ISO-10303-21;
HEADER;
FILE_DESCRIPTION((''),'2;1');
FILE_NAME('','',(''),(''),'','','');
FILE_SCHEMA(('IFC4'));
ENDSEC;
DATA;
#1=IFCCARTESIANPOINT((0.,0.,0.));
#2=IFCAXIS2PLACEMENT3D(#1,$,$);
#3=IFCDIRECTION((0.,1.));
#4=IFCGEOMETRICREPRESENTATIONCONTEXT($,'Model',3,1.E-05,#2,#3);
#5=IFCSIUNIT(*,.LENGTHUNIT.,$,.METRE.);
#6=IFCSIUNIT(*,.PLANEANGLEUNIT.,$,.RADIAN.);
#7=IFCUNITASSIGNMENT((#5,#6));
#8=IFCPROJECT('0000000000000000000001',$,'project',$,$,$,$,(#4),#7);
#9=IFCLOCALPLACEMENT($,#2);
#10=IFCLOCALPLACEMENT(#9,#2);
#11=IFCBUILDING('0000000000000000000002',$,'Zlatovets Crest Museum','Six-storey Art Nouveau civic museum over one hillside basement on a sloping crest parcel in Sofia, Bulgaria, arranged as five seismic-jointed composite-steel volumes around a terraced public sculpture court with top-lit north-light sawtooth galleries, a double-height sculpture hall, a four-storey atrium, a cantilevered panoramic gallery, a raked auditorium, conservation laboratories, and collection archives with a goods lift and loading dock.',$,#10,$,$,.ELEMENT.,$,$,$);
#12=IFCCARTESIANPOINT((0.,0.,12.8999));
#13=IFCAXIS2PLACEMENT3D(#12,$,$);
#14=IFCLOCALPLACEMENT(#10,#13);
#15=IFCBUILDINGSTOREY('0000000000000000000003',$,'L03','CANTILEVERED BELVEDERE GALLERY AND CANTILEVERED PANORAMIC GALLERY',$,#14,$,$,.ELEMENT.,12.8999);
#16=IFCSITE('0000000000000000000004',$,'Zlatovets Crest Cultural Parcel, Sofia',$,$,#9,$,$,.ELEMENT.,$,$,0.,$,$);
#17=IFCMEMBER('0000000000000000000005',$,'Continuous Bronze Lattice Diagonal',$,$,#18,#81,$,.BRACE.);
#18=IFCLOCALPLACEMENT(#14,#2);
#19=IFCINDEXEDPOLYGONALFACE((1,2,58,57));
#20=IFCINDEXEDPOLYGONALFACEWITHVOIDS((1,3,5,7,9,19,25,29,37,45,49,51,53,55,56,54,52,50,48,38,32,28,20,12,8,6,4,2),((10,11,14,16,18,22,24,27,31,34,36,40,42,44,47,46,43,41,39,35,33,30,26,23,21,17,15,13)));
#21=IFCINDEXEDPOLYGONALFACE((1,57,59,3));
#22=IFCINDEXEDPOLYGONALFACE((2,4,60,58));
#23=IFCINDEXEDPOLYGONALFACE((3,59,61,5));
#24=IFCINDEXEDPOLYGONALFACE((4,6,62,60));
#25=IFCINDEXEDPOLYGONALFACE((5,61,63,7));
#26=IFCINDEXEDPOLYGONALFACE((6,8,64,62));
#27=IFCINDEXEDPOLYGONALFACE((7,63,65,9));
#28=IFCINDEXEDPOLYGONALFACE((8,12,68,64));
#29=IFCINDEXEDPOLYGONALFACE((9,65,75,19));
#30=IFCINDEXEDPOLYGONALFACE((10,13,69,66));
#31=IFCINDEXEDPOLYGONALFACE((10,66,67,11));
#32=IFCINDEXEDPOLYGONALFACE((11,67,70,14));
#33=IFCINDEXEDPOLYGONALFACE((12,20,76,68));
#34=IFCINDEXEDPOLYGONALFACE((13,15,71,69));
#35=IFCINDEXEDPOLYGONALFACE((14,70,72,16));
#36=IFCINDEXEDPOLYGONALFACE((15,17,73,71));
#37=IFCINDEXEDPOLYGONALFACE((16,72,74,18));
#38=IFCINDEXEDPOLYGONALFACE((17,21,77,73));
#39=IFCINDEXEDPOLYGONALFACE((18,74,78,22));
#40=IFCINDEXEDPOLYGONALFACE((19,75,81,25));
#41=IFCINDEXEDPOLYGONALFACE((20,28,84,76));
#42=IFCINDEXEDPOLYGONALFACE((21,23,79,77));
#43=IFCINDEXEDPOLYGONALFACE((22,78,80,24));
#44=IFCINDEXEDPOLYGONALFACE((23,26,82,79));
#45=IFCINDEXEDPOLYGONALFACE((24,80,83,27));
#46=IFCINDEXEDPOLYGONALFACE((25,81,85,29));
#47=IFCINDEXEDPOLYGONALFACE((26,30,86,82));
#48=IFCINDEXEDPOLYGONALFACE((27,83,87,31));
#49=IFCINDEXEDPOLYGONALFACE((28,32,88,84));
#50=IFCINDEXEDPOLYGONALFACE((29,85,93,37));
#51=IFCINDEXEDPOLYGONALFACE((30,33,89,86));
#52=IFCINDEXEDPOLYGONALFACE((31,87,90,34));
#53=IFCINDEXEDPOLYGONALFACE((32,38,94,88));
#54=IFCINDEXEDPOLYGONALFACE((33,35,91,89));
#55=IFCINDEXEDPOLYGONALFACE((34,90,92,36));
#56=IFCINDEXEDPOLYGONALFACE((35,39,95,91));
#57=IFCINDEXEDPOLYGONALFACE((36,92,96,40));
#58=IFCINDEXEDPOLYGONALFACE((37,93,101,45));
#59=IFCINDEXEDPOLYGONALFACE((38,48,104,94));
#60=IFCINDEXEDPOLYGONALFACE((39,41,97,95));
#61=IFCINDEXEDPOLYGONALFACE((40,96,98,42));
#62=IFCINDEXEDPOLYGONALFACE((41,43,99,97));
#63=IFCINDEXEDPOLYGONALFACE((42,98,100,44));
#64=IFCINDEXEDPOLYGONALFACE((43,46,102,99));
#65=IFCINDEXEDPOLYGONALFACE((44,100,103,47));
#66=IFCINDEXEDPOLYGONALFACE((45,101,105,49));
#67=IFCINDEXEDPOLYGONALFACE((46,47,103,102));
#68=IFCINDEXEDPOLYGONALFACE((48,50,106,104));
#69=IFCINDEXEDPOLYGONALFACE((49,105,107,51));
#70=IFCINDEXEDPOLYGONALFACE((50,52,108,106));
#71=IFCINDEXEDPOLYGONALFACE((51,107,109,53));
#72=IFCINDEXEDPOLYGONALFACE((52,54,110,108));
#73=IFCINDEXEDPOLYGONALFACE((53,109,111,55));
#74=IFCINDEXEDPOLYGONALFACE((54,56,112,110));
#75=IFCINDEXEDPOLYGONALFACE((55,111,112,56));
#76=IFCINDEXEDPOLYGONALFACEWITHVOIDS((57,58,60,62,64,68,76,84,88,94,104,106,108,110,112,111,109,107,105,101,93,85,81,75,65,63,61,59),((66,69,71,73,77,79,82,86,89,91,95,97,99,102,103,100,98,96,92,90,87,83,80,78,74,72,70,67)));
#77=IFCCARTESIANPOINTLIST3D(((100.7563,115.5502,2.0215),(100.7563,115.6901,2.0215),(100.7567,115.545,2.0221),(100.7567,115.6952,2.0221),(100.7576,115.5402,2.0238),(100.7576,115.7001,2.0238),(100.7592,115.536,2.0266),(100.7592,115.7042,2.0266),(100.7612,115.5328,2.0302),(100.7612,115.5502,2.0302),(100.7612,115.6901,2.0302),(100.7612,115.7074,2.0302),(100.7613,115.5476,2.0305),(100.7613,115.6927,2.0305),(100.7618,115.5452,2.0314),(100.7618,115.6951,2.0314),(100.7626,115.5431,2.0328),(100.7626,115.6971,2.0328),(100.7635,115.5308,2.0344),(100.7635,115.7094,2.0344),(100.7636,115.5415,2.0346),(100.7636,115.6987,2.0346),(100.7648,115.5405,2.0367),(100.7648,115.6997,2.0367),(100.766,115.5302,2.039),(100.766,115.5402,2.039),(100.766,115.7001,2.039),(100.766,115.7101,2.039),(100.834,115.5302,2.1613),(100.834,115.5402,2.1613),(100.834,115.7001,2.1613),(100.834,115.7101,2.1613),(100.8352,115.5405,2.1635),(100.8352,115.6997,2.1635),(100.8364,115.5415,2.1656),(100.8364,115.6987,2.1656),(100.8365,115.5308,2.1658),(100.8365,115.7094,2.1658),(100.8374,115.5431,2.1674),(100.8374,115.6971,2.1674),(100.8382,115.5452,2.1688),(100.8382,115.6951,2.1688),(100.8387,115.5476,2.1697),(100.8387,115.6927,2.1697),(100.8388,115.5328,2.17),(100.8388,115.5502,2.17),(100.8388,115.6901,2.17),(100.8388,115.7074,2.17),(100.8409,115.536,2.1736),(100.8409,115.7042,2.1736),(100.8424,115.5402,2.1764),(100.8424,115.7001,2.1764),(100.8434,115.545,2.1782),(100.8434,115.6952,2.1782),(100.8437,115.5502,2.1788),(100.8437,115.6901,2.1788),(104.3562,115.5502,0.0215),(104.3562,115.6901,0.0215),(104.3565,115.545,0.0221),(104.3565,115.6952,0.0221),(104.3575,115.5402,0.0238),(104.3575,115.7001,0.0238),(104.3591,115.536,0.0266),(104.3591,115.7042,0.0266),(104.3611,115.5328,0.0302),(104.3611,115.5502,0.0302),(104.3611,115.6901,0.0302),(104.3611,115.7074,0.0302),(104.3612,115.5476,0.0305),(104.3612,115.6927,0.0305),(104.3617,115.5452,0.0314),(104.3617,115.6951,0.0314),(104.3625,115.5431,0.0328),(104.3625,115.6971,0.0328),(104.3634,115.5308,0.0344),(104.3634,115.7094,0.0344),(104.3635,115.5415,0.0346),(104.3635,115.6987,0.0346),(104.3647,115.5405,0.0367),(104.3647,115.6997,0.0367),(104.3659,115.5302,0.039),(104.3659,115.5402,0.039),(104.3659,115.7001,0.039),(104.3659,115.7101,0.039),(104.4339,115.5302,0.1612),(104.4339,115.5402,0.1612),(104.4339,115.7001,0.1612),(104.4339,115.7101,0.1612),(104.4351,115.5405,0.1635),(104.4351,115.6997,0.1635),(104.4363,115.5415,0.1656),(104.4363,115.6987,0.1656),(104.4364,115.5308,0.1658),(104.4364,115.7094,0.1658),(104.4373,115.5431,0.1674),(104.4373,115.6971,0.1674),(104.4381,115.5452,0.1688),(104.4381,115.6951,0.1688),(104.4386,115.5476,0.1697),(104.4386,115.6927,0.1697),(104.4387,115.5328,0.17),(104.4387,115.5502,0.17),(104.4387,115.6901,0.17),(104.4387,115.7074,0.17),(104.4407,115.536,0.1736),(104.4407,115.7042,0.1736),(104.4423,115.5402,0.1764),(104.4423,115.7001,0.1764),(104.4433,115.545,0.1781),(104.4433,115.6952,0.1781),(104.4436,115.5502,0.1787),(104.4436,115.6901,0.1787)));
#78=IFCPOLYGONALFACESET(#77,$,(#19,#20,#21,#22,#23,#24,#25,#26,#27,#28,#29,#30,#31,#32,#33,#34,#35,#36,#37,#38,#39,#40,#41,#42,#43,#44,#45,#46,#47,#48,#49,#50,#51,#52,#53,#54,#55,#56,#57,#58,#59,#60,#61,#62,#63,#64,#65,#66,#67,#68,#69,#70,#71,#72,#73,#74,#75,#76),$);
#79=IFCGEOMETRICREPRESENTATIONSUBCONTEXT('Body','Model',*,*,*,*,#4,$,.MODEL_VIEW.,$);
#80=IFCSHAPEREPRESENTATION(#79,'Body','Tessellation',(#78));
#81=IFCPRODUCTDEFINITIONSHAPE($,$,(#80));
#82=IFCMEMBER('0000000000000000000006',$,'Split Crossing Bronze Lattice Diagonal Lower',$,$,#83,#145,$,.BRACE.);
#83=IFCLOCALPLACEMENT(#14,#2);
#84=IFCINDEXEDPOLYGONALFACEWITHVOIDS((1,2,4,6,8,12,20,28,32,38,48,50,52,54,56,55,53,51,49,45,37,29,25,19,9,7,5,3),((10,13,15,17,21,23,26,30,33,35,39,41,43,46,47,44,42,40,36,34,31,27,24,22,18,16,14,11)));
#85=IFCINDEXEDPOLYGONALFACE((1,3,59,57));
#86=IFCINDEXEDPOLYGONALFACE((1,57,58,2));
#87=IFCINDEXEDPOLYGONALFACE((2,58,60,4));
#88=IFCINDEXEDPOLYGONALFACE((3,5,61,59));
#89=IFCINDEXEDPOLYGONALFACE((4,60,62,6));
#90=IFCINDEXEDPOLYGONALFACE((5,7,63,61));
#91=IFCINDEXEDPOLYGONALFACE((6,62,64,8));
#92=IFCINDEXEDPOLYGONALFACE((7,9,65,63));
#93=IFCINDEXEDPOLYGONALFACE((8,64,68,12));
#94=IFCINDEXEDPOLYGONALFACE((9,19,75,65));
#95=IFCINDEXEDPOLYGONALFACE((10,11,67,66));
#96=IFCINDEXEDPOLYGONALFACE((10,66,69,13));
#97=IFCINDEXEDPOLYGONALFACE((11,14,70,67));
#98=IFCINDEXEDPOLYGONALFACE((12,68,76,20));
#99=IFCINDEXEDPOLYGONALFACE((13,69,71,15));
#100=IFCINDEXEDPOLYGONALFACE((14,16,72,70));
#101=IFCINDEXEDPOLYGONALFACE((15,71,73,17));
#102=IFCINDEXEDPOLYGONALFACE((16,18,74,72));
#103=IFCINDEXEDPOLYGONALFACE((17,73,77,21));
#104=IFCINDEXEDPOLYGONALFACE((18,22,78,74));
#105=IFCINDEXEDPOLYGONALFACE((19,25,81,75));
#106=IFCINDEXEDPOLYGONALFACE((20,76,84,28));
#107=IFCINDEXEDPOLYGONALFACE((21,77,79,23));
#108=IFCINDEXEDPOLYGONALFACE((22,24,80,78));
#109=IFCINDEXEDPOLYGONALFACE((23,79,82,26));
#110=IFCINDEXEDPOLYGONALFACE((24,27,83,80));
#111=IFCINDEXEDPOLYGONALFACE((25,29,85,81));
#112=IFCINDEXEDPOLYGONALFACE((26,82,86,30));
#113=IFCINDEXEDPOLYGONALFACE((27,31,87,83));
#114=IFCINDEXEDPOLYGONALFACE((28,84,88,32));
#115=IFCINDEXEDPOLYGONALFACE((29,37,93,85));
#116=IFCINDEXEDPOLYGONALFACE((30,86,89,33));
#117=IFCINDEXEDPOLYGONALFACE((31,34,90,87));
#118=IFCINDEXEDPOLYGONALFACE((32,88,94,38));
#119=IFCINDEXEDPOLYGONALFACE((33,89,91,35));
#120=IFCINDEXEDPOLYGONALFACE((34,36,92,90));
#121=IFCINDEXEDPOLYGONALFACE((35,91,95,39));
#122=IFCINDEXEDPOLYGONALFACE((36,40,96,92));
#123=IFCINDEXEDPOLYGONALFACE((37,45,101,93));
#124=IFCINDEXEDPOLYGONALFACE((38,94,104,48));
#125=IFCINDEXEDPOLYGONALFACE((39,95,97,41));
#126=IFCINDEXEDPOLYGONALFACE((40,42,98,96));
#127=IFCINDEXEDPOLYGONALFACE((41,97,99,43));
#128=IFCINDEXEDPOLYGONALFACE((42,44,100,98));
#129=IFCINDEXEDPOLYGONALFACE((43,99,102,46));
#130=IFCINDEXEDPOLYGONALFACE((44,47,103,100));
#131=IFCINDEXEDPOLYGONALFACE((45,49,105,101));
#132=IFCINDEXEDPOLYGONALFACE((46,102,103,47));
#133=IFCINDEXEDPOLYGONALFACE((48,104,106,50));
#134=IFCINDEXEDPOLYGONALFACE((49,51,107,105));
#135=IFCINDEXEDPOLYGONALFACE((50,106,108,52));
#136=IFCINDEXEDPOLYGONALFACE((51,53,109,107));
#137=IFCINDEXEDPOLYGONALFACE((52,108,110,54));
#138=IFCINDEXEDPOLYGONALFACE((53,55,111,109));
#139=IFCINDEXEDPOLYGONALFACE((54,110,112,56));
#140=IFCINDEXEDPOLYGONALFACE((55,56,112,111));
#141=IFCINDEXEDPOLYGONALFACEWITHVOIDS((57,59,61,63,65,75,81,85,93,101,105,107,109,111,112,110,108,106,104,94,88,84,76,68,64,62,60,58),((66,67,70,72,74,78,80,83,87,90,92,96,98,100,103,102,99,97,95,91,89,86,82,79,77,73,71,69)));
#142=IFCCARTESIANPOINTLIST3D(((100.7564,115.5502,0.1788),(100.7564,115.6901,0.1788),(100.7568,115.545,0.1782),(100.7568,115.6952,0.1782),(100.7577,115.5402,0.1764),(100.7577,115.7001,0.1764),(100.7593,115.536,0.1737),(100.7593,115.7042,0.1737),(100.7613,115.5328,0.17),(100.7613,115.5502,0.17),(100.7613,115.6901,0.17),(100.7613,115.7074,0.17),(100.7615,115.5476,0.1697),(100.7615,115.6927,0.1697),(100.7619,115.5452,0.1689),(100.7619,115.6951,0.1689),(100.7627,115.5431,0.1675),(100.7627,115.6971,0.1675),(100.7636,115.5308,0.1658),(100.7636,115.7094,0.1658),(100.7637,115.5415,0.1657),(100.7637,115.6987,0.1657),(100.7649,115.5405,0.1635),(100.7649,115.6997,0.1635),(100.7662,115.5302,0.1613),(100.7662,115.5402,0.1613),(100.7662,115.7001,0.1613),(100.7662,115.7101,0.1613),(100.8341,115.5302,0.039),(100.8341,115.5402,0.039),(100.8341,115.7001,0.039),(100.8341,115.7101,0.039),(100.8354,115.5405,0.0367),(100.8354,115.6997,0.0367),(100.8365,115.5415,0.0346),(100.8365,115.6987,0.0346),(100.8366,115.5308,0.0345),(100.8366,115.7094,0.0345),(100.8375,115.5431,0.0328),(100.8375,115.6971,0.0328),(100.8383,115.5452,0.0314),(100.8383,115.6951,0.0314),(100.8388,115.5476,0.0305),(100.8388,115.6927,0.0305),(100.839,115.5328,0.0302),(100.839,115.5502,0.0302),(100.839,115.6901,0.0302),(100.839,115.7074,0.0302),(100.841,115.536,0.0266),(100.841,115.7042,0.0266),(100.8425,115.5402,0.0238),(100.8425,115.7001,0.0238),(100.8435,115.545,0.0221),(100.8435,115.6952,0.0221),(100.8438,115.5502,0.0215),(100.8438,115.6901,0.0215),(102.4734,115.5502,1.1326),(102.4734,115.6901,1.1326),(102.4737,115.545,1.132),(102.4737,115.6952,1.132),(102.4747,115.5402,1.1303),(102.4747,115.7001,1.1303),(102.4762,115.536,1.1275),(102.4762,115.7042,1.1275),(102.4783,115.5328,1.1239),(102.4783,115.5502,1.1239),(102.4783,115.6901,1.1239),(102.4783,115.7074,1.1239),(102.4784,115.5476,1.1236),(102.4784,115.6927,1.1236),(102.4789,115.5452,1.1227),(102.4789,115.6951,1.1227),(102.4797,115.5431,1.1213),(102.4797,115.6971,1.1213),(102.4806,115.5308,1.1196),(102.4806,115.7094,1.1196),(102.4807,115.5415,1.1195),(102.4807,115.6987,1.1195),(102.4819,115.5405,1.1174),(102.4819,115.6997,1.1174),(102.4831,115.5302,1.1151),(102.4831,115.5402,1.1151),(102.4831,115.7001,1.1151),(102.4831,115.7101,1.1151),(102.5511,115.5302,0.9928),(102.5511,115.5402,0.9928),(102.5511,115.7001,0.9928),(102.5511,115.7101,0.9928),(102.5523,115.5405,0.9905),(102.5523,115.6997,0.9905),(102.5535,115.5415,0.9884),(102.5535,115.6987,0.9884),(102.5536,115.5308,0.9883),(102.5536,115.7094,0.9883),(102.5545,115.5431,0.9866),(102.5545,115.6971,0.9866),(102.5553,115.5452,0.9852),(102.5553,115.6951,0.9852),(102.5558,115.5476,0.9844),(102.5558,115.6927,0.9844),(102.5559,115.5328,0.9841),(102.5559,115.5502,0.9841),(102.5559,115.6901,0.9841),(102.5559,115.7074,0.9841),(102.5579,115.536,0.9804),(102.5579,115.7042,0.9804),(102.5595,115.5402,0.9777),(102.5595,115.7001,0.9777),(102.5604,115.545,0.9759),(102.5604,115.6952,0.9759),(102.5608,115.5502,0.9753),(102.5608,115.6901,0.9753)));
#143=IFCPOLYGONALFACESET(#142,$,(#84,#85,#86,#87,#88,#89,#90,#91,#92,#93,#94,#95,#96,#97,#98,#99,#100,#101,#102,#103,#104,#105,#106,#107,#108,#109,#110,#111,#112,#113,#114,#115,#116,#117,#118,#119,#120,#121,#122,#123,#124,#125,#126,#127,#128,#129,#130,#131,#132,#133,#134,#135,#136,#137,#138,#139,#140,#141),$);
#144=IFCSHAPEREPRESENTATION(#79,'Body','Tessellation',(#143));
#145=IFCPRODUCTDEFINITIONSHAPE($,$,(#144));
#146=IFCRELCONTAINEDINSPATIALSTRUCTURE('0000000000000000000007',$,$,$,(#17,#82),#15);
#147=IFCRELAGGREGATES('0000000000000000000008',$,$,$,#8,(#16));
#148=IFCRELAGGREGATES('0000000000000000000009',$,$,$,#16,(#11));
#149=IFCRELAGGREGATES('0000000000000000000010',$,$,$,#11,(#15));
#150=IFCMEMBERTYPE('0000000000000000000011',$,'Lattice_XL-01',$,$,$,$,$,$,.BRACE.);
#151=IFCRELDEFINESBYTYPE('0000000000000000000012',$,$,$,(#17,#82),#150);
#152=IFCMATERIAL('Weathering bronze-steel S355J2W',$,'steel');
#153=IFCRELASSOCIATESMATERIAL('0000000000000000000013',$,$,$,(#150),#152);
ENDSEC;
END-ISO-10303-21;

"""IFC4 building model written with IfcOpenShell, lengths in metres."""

from ifc_helpers import new_model, si_unit, direction, frame, origin, origin_2d, place, context, subcontext, project, spatial, hollow_rectangle, extrude, material, material_profile, profile_set, type_object, element, save


model = new_model("IFC4")

# Units and contexts
model_context = context("Model", 3, precision=1e-05, world=origin(), true_north=direction((0.0, 1.0)))
body_context = subcontext(model_context, "Body", "Model", "MODEL_VIEW")
ifc_project = project(units=[si_unit("LENGTHUNIT", "METRE"), si_unit("PLANEANGLEUNIT", "RADIAN")], contexts=[model_context])

# Site, building, storey
site_placement = place(None, origin())
site = spatial("IfcSite", under=ifc_project, at=site_placement, Name="Zlatovets Crest Cultural Parcel, Sofia", CompositionType="ELEMENT", RefElevation=0.0)
building_placement = place(site_placement, origin())
building = spatial("IfcBuilding", under=site, at=building_placement, Name="Zlatovets Crest Museum", Description="Six-storey Art Nouveau civic museum over one hillside basement on a sloping crest parcel in Sofia, Bulgaria, arranged as five seismic-jointed composite-steel volumes around a terraced public sculpture court with top-lit north-light sawtooth galleries, a double-height sculpture hall, a four-storey atrium, a cantilevered panoramic gallery, a raked auditorium, conservation laboratories, and collection archives with a goods lift and loading dock.", CompositionType="ELEMENT")
storey_placement = place(building_placement, frame((0.0, 0.0, 12.8999)))
storey = spatial("IfcBuildingStorey", under=building, at=storey_placement, Name="L03", Description="CANTILEVERED BELVEDERE GALLERY AND CANTILEVERED PANORAMIC GALLERY", CompositionType="ELEMENT", Elevation=12.8999)

# Members
ifc_material_1 = material(Name="Weathering bronze-steel S355J2W", Category="steel")
ifc_material_profile_1 = material_profile(ifc_material_1, hollow_rectangle(XDim=0.1799, YDim=0.1799, WallThickness=0.01, InnerFilletRadius=0.01, OuterFilletRadius=0.02, at=origin_2d()), Name="SHS 180x180x10.0")
ifc_profile_set_1 = profile_set([ifc_material_profile_1], Name="Weathering bronze-steel S355J2W")
member_type_1 = type_object("IfcMemberType", Name="Lattice_XL-01", PredefinedType="BRACE", material=ifc_profile_set_1)
member_1_placement = place(storey_placement, frame((104.3999, 115.6201, 0.1001), z_axis=(-0.874149, 0.0, 0.485658), x_axis=(0.0, -1.0, 0.0)))
element("IfcMember", 1, at=member_1_placement, inside=storey, type_object=member_type_1, Name="Continuous Bronze Lattice Diagonal", PredefinedType="BRACE", context=body_context, shape_type="SweptSolid", body=[
    extrude(hollow_rectangle(XDim=0.1799, YDim=0.1799, WallThickness=0.01, InnerFilletRadius=0.01, OuterFilletRadius=0.02, at=origin_2d()), origin(), (0.0, 0.0, 1.0), 4.1182),
])
for number, where, z_axis, x_axis, name in (
    (2, (102.5171, 115.6201, 1.054), (-0.874169, 0.0, -0.485622), (0.0, -1.0, 0.0), "Split Crossing Bronze Lattice Diagonal Lower"),
):
    element("IfcMember", number, at=place(storey_placement, frame(where, z_axis=z_axis, x_axis=x_axis)), inside=storey, type_object=member_type_1, Name=name, PredefinedType="BRACE", context=body_context, shape_type="SweptSolid", body=[
        extrude(hollow_rectangle(XDim=0.1799, YDim=0.1799, WallThickness=0.01, InnerFilletRadius=0.01, OuterFilletRadius=0.02, at=origin_2d()), origin(), (0.0, 0.0, 1.0), 1.9641),
    ])

save(model, "model.ifc")
